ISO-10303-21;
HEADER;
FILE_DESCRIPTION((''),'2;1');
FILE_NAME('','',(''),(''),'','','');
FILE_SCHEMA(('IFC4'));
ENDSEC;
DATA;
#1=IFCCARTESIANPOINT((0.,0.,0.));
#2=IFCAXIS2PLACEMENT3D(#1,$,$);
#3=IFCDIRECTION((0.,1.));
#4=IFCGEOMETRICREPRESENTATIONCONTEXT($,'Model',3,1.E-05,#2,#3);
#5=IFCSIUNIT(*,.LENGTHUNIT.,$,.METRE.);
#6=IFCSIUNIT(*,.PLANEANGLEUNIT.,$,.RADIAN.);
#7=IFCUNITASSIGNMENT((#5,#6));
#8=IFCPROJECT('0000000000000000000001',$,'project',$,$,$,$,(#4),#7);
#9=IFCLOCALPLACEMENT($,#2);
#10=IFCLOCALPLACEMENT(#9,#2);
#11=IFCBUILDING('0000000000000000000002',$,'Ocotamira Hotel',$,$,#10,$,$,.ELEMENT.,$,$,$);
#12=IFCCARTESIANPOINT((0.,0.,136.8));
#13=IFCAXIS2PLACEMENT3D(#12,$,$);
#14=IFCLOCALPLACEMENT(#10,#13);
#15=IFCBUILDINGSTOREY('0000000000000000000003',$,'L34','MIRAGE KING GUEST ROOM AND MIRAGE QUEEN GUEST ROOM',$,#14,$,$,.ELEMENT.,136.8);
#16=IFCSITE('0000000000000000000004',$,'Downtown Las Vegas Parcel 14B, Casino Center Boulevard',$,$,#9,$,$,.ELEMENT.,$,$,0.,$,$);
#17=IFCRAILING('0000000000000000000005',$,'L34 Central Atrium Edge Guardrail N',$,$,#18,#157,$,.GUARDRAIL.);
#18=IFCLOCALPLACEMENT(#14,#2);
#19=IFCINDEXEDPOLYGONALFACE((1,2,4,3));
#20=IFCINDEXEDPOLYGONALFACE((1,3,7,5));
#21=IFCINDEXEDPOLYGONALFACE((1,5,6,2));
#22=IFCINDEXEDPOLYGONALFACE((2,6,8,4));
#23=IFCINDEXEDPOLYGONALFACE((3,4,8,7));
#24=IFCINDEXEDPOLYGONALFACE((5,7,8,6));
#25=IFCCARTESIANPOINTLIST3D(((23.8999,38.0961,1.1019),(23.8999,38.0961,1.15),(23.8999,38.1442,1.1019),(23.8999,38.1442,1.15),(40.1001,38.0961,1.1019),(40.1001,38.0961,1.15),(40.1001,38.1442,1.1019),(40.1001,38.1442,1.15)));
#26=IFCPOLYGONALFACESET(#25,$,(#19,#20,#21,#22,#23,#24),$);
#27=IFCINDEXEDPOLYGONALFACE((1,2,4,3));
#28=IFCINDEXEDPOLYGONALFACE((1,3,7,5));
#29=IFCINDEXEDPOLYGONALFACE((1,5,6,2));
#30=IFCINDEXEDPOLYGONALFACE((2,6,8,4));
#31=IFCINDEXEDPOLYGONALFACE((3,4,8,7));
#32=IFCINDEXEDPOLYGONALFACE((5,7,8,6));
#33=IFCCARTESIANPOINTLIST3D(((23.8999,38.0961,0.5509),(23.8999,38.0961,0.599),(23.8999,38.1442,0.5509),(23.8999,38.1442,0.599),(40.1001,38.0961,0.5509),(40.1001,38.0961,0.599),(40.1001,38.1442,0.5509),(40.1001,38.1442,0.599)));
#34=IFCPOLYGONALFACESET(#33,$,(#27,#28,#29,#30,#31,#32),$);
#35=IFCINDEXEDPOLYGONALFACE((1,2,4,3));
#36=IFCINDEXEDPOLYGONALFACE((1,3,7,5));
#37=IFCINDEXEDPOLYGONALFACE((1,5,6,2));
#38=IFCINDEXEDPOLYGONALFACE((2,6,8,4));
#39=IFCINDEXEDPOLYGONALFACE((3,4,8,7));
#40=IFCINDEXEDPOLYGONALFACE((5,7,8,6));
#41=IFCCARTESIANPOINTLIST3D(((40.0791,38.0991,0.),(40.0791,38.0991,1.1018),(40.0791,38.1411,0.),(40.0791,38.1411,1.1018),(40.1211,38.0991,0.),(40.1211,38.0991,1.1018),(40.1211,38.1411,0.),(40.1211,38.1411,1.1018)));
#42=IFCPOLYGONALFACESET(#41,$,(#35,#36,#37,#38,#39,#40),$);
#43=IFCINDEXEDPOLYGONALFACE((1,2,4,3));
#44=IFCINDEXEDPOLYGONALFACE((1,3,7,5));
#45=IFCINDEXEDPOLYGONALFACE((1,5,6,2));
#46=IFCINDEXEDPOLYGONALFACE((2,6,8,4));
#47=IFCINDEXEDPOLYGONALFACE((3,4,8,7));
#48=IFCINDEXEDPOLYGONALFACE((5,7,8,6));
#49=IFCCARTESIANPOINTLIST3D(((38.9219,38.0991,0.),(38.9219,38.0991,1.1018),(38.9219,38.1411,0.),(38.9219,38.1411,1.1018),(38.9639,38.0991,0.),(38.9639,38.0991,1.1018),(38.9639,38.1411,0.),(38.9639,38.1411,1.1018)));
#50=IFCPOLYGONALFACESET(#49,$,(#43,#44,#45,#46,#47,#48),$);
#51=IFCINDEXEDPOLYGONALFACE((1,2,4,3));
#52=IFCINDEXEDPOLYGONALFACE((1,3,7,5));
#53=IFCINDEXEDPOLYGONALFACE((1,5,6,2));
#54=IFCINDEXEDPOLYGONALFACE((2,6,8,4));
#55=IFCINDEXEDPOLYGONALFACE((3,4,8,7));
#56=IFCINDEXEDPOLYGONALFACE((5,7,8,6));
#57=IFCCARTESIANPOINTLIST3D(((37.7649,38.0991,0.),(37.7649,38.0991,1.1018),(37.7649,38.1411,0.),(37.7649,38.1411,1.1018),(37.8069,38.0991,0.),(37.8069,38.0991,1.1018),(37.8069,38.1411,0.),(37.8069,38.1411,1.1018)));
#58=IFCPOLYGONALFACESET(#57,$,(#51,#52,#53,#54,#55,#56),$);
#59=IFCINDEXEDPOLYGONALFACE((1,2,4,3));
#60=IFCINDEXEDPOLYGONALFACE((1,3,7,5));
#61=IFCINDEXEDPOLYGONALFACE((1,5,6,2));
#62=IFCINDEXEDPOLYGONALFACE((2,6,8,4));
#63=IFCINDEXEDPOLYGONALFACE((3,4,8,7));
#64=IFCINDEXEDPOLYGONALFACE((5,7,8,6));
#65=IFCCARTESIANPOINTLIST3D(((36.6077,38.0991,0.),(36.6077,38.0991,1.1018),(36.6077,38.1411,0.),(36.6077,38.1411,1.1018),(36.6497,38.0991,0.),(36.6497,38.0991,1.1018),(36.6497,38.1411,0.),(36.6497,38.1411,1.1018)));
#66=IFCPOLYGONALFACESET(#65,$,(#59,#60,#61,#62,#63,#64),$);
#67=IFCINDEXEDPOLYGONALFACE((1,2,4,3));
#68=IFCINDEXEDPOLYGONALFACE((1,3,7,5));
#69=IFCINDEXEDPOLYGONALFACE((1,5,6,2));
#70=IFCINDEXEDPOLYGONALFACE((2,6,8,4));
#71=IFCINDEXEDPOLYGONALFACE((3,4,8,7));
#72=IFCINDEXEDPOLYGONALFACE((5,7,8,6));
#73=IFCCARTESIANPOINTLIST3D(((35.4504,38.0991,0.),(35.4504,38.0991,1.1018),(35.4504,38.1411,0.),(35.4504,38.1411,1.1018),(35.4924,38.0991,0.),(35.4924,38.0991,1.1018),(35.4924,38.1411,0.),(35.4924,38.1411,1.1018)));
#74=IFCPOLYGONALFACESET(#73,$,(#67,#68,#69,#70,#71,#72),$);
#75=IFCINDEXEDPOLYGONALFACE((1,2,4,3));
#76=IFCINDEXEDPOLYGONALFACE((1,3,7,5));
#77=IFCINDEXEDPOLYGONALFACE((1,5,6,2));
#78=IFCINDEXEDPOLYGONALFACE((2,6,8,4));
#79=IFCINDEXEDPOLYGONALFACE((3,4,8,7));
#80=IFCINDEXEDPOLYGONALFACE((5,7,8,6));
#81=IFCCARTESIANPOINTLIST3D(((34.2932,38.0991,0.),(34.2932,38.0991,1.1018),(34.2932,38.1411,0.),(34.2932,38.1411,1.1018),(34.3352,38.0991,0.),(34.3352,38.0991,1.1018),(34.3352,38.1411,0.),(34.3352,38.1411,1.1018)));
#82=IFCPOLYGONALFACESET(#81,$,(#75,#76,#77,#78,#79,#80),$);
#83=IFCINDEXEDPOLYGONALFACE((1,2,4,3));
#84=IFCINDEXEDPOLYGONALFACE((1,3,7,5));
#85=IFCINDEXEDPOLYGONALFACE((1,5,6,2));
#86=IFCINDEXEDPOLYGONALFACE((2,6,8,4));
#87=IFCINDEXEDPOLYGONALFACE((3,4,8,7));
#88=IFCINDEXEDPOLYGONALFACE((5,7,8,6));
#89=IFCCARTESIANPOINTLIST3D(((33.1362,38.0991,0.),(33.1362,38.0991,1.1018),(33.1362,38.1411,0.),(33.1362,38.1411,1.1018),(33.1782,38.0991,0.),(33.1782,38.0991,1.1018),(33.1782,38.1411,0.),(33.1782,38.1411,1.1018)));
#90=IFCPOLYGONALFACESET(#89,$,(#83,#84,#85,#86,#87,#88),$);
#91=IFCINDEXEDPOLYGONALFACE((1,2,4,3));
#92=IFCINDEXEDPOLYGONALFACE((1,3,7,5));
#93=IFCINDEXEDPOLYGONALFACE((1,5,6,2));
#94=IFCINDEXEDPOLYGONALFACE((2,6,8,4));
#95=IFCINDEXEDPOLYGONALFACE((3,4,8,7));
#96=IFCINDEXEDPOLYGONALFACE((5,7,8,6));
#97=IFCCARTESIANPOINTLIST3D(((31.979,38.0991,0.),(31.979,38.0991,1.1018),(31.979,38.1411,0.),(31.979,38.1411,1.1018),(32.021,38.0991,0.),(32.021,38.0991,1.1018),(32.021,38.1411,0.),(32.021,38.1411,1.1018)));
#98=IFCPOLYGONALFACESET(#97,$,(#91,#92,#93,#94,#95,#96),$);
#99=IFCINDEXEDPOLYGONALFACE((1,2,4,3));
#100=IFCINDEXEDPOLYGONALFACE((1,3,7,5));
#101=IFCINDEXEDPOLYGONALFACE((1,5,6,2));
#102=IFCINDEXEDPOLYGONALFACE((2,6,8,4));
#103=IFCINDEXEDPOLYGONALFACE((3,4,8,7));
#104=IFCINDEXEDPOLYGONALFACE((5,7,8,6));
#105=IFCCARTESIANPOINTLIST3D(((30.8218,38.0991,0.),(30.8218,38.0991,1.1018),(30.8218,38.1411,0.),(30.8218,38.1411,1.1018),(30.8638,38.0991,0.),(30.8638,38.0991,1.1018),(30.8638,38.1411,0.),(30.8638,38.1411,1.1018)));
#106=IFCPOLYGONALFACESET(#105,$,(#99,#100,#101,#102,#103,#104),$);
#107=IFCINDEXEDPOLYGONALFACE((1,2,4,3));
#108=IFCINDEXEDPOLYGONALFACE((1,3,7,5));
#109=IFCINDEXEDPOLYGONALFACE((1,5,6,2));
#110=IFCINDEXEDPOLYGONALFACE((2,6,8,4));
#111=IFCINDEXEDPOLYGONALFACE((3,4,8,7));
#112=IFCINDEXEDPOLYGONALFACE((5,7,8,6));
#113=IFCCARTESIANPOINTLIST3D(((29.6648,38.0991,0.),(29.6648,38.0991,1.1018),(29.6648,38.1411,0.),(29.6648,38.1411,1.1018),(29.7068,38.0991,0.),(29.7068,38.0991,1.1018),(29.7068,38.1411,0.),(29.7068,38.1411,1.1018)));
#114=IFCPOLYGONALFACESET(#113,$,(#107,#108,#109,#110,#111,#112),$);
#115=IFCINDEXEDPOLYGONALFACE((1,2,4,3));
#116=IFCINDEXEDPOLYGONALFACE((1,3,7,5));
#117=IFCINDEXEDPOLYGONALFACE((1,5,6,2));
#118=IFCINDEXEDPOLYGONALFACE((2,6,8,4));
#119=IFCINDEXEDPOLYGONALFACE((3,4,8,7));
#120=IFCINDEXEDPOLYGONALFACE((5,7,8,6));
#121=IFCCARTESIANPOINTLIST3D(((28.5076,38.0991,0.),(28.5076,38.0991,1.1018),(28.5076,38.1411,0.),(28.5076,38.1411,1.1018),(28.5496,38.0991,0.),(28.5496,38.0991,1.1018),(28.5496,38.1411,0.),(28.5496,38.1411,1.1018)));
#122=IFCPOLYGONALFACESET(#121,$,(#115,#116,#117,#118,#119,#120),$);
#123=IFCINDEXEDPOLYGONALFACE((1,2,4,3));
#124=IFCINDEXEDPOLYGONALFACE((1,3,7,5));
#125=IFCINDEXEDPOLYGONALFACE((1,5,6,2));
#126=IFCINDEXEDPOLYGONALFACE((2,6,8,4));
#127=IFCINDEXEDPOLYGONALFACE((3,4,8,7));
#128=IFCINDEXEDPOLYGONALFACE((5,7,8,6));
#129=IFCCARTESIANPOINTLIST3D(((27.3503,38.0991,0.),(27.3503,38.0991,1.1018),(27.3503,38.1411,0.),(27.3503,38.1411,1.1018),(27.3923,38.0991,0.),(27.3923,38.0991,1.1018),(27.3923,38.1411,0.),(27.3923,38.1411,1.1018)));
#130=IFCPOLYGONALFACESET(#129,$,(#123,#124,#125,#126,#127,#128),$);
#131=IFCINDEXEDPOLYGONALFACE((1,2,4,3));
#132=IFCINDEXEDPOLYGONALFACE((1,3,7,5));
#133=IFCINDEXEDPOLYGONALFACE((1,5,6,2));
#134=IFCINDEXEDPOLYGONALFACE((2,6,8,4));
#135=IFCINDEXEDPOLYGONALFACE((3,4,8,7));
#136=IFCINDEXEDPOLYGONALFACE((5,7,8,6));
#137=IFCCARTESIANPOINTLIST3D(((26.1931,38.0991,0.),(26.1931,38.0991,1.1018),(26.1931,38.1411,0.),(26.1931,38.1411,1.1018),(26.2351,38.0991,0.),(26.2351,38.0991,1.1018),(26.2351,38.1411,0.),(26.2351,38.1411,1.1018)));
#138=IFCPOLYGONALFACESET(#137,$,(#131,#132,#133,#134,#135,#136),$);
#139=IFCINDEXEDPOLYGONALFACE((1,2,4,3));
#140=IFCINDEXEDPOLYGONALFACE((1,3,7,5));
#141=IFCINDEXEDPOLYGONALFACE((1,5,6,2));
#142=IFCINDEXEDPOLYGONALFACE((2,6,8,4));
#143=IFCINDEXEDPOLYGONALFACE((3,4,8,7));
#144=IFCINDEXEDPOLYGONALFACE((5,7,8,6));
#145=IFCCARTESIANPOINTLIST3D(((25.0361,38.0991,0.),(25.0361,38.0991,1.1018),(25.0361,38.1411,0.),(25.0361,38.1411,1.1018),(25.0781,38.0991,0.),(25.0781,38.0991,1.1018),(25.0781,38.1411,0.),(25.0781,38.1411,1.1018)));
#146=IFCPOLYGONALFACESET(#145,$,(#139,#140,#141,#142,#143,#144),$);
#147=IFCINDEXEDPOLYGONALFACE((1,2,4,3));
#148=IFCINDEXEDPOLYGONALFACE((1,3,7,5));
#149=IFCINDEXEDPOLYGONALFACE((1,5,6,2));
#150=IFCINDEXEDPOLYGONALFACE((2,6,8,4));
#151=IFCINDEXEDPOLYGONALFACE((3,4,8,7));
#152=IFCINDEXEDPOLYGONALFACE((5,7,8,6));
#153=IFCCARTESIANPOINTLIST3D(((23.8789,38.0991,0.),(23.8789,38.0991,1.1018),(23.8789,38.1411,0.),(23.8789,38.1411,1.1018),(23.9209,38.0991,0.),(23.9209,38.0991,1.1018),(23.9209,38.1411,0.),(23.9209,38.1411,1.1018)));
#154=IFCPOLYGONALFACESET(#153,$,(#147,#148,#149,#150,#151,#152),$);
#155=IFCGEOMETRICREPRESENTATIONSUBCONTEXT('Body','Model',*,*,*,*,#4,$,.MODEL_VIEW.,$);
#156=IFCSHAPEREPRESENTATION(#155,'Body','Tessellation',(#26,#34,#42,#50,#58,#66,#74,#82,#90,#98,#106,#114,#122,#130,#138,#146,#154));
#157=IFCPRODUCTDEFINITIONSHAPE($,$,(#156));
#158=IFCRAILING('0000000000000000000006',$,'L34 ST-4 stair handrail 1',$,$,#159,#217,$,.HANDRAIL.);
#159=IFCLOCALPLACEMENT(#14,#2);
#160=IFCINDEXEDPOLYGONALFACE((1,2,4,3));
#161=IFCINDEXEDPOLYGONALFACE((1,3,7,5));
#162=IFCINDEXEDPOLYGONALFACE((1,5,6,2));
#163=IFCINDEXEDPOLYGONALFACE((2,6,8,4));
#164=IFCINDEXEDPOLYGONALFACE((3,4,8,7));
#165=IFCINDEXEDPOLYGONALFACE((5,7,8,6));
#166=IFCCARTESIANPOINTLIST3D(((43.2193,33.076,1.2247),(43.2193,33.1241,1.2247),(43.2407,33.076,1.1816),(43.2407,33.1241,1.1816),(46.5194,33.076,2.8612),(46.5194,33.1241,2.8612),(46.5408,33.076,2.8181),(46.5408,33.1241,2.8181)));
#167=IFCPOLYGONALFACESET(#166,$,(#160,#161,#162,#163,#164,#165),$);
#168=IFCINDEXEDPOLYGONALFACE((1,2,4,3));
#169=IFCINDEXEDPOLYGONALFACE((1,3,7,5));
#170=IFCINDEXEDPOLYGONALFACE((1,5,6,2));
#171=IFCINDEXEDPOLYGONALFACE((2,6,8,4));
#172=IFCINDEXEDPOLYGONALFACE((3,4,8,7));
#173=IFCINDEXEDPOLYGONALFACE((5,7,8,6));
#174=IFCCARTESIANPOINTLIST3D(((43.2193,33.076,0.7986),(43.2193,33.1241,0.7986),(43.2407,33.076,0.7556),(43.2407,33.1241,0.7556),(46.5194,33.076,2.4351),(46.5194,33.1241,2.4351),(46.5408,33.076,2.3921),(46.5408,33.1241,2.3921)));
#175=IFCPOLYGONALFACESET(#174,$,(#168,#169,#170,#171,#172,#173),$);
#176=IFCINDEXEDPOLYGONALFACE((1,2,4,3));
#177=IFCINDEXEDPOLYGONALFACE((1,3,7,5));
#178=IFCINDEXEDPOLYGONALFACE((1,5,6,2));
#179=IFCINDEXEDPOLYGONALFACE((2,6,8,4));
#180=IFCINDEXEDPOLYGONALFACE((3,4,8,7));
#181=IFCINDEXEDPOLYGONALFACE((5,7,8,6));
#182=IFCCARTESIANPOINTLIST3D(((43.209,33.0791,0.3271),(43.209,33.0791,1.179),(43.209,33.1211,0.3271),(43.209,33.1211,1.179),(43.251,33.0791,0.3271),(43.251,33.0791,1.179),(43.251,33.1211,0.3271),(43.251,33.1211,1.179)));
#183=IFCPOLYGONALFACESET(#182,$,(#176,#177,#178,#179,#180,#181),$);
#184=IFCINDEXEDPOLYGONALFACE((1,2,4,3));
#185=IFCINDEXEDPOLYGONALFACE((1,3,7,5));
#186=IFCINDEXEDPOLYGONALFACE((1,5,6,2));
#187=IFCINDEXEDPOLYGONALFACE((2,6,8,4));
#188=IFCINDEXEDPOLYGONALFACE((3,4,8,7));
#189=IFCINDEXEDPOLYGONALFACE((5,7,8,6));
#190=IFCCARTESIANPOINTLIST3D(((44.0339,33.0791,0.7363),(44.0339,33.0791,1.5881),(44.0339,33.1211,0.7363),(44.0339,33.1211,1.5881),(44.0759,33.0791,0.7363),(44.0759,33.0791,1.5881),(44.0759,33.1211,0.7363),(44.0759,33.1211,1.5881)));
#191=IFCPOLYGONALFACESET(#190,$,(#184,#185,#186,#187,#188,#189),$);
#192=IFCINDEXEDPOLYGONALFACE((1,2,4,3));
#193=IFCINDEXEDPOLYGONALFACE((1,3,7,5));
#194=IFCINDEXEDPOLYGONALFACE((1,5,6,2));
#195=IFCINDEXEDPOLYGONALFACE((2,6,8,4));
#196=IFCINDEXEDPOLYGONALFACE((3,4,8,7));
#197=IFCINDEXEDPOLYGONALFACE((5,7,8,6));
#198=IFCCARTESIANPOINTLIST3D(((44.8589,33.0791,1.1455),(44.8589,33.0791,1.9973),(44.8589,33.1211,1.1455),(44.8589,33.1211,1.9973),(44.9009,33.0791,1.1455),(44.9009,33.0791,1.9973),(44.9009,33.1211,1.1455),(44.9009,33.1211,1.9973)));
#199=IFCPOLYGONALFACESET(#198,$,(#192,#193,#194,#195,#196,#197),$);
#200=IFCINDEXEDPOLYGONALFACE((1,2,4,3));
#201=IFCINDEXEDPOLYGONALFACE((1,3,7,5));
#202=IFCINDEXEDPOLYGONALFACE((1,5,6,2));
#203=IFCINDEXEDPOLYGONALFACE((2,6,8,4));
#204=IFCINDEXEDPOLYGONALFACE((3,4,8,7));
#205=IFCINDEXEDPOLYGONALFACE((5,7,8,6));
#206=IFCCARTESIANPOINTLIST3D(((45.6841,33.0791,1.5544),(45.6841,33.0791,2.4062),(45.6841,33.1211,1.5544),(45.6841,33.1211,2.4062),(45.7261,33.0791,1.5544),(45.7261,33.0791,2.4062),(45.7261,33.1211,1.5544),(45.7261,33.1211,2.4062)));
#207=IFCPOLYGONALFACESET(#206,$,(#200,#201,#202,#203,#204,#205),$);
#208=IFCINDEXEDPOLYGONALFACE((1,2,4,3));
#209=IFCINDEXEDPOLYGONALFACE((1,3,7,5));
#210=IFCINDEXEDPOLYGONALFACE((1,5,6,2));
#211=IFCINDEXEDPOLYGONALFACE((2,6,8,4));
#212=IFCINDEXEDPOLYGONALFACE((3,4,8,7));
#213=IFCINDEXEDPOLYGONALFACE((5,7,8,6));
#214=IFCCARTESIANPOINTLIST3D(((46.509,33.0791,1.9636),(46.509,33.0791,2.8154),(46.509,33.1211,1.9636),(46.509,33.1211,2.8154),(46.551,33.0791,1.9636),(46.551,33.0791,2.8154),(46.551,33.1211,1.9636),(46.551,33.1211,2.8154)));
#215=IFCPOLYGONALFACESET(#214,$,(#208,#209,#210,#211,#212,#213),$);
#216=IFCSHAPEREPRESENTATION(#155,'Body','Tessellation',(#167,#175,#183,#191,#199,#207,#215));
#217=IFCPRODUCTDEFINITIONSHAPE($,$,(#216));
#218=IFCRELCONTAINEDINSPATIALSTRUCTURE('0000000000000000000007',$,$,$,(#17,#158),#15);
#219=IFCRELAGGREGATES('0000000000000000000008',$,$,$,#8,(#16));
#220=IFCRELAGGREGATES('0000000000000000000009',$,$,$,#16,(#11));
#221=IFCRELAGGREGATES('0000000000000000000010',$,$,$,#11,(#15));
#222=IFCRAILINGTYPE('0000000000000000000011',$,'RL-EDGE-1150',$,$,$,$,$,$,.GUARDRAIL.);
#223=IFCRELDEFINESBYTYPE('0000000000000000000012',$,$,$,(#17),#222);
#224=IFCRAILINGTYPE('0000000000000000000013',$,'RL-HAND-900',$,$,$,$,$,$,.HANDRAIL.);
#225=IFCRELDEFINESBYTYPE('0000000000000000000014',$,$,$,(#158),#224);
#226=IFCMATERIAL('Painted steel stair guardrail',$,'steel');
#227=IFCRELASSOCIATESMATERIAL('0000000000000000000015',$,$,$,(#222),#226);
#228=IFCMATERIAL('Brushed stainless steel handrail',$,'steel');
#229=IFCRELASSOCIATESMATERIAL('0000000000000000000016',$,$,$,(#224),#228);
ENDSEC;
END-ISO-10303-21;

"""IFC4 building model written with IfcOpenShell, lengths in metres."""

from ifc_helpers import new_model, si_unit, direction, frame, origin, origin_2d, place, context, subcontext, project, spatial, rectangle, extrude, material, type_object, element, save


model = new_model("IFC4")

# Units and contexts
model_context = context("Model", 3, precision=1e-05, world=origin(), true_north=direction((0.0, 1.0)))
body_context = subcontext(model_context, "Body", "Model", "MODEL_VIEW")
ifc_project = project(units=[si_unit("LENGTHUNIT", "METRE"), si_unit("PLANEANGLEUNIT", "RADIAN")], contexts=[model_context])

# Site, building, storey
site_placement = place(None, origin())
site = spatial("IfcSite", under=ifc_project, at=site_placement, Name="Downtown Las Vegas Parcel 14B, Casino Center Boulevard", CompositionType="ELEMENT", RefElevation=0.0)
building_placement = place(site_placement, origin())
building = spatial("IfcBuilding", under=site, at=building_placement, Name="Ocotamira Hotel", CompositionType="ELEMENT")
storey_placement = place(building_placement, frame((0.0, 0.0, 136.8)))
storey = spatial("IfcBuildingStorey", under=building, at=storey_placement, Name="L34", Description="MIRAGE KING GUEST ROOM AND MIRAGE QUEEN GUEST ROOM", CompositionType="ELEMENT", Elevation=136.8)

# Railings
ifc_material_1 = material(Name="Painted steel stair guardrail", Category="steel")
railing_type_1 = type_object("IfcRailingType", Name="RL-EDGE-1150", PredefinedType="GUARDRAIL", material=ifc_material_1)
railing_1_placement = place(storey_placement, frame((40.1001, 38.1201, 0.0)))
element("IfcRailing", 1, at=railing_1_placement, inside=storey, type_object=railing_type_1, Name="L34 Central Atrium Edge Guardrail N", PredefinedType="GUARDRAIL", context=body_context, shape_type="SweptSolid", body=[
    extrude(rectangle(XDim=0.0481, YDim=0.0481, at=origin_2d()), frame((0.0, 0.0, 1.126), z_axis=(-1.0, 0.0, 0.0), x_axis=(0.0, -1.0, 0.0)), (0.0, 0.0, 1.0), 16.2002),
    extrude(rectangle(XDim=0.0481, YDim=0.0481, at=origin_2d()), frame((0.0, 0.0, 0.575), z_axis=(-1.0, 0.0, 0.0), x_axis=(0.0, -1.0, 0.0)), (0.0, 0.0, 1.0), 16.2002),
    extrude(rectangle(XDim=0.042, YDim=0.042, at=origin_2d()), origin(), (0.0, 0.0, 1.0), 1.1018),
    extrude(rectangle(XDim=0.042, YDim=0.042, at=origin_2d()), frame((-1.1572, 0.0, 0.0)), (0.0, 0.0, 1.0), 1.1018),
    extrude(rectangle(XDim=0.042, YDim=0.042, at=origin_2d()), frame((-2.3142, 0.0, 0.0)), (0.0, 0.0, 1.0), 1.1018),
    extrude(rectangle(XDim=0.042, YDim=0.042, at=origin_2d()), frame((-3.4714, 0.0, 0.0)), (0.0, 0.0, 1.0), 1.1018),
    extrude(rectangle(XDim=0.042, YDim=0.042, at=origin_2d()), frame((-4.6287, 0.0, 0.0)), (0.0, 0.0, 1.0), 1.1018),
    extrude(rectangle(XDim=0.042, YDim=0.042, at=origin_2d()), frame((-5.7859, 0.0, 0.0)), (0.0, 0.0, 1.0), 1.1018),
    extrude(rectangle(XDim=0.042, YDim=0.042, at=origin_2d()), frame((-6.9429, 0.0, 0.0)), (0.0, 0.0, 1.0), 1.1018),
    extrude(rectangle(XDim=0.042, YDim=0.042, at=origin_2d()), frame((-8.1001, 0.0, 0.0)), (0.0, 0.0, 1.0), 1.1018),
    extrude(rectangle(XDim=0.042, YDim=0.042, at=origin_2d()), frame((-9.2573, 0.0, 0.0)), (0.0, 0.0, 1.0), 1.1018),
    extrude(rectangle(XDim=0.042, YDim=0.042, at=origin_2d()), frame((-10.4143, 0.0, 0.0)), (0.0, 0.0, 1.0), 1.1018),
    extrude(rectangle(XDim=0.042, YDim=0.042, at=origin_2d()), frame((-11.5715, 0.0, 0.0)), (0.0, 0.0, 1.0), 1.1018),
    extrude(rectangle(XDim=0.042, YDim=0.042, at=origin_2d()), frame((-12.7288, 0.0, 0.0)), (0.0, 0.0, 1.0), 1.1018),
    extrude(rectangle(XDim=0.042, YDim=0.042, at=origin_2d()), frame((-13.886, 0.0, 0.0)), (0.0, 0.0, 1.0), 1.1018),
    extrude(rectangle(XDim=0.042, YDim=0.042, at=origin_2d()), frame((-15.043, 0.0, 0.0)), (0.0, 0.0, 1.0), 1.1018),
    extrude(rectangle(XDim=0.042, YDim=0.042, at=origin_2d()), frame((-16.2002, 0.0, 0.0)), (0.0, 0.0, 1.0), 1.1018),
])
ifc_material_2 = material(Name="Brushed stainless steel handrail", Category="steel")
railing_type_2 = type_object("IfcRailingType", Name="RL-HAND-900", PredefinedType="HANDRAIL", material=ifc_material_2)
railing_2_placement = place(storey_placement, frame((43.23, 33.1001, 0.3271)))
element("IfcRailing", 2, at=railing_2_placement, inside=storey, type_object=railing_type_2, Name="L34 ST-4 stair handrail 1", PredefinedType="HANDRAIL", context=body_context, shape_type="SweptSolid", body=[
    extrude(rectangle(XDim=0.0481, YDim=0.0481, at=origin_2d()), frame((0.0, 0.0, 0.876), z_axis=(0.895894, 0.0, 0.444268), x_axis=(0.0, 1.0, 0.0)), (0.0, 0.0, 1.0), 3.6836),
    extrude(rectangle(XDim=0.0481, YDim=0.0481, at=origin_2d()), frame((0.0, 0.0, 0.45), z_axis=(0.895894, 0.0, 0.444268), x_axis=(0.0, 1.0, 0.0)), (0.0, 0.0, 1.0), 3.6836),
    extrude(rectangle(XDim=0.042, YDim=0.042, at=origin_2d()), origin(), (0.0, 0.0, 1.0), 0.8518),
    extrude(rectangle(XDim=0.042, YDim=0.042, at=origin_2d()), frame((0.825, 0.0, 0.4092)), (0.0, 0.0, 1.0), 0.8518),
    extrude(rectangle(XDim=0.042, YDim=0.042, at=origin_2d()), frame((1.6499, 0.0, 0.8184)), (0.0, 0.0, 1.0), 0.8518),
    extrude(rectangle(XDim=0.042, YDim=0.042, at=origin_2d()), frame((2.4751, 0.0, 1.2273)), (0.0, 0.0, 1.0), 0.8518),
    extrude(rectangle(XDim=0.042, YDim=0.042, at=origin_2d()), frame((3.3, 0.0, 1.6365)), (0.0, 0.0, 1.0), 0.8518),
])

save(model, "model.ifc")
